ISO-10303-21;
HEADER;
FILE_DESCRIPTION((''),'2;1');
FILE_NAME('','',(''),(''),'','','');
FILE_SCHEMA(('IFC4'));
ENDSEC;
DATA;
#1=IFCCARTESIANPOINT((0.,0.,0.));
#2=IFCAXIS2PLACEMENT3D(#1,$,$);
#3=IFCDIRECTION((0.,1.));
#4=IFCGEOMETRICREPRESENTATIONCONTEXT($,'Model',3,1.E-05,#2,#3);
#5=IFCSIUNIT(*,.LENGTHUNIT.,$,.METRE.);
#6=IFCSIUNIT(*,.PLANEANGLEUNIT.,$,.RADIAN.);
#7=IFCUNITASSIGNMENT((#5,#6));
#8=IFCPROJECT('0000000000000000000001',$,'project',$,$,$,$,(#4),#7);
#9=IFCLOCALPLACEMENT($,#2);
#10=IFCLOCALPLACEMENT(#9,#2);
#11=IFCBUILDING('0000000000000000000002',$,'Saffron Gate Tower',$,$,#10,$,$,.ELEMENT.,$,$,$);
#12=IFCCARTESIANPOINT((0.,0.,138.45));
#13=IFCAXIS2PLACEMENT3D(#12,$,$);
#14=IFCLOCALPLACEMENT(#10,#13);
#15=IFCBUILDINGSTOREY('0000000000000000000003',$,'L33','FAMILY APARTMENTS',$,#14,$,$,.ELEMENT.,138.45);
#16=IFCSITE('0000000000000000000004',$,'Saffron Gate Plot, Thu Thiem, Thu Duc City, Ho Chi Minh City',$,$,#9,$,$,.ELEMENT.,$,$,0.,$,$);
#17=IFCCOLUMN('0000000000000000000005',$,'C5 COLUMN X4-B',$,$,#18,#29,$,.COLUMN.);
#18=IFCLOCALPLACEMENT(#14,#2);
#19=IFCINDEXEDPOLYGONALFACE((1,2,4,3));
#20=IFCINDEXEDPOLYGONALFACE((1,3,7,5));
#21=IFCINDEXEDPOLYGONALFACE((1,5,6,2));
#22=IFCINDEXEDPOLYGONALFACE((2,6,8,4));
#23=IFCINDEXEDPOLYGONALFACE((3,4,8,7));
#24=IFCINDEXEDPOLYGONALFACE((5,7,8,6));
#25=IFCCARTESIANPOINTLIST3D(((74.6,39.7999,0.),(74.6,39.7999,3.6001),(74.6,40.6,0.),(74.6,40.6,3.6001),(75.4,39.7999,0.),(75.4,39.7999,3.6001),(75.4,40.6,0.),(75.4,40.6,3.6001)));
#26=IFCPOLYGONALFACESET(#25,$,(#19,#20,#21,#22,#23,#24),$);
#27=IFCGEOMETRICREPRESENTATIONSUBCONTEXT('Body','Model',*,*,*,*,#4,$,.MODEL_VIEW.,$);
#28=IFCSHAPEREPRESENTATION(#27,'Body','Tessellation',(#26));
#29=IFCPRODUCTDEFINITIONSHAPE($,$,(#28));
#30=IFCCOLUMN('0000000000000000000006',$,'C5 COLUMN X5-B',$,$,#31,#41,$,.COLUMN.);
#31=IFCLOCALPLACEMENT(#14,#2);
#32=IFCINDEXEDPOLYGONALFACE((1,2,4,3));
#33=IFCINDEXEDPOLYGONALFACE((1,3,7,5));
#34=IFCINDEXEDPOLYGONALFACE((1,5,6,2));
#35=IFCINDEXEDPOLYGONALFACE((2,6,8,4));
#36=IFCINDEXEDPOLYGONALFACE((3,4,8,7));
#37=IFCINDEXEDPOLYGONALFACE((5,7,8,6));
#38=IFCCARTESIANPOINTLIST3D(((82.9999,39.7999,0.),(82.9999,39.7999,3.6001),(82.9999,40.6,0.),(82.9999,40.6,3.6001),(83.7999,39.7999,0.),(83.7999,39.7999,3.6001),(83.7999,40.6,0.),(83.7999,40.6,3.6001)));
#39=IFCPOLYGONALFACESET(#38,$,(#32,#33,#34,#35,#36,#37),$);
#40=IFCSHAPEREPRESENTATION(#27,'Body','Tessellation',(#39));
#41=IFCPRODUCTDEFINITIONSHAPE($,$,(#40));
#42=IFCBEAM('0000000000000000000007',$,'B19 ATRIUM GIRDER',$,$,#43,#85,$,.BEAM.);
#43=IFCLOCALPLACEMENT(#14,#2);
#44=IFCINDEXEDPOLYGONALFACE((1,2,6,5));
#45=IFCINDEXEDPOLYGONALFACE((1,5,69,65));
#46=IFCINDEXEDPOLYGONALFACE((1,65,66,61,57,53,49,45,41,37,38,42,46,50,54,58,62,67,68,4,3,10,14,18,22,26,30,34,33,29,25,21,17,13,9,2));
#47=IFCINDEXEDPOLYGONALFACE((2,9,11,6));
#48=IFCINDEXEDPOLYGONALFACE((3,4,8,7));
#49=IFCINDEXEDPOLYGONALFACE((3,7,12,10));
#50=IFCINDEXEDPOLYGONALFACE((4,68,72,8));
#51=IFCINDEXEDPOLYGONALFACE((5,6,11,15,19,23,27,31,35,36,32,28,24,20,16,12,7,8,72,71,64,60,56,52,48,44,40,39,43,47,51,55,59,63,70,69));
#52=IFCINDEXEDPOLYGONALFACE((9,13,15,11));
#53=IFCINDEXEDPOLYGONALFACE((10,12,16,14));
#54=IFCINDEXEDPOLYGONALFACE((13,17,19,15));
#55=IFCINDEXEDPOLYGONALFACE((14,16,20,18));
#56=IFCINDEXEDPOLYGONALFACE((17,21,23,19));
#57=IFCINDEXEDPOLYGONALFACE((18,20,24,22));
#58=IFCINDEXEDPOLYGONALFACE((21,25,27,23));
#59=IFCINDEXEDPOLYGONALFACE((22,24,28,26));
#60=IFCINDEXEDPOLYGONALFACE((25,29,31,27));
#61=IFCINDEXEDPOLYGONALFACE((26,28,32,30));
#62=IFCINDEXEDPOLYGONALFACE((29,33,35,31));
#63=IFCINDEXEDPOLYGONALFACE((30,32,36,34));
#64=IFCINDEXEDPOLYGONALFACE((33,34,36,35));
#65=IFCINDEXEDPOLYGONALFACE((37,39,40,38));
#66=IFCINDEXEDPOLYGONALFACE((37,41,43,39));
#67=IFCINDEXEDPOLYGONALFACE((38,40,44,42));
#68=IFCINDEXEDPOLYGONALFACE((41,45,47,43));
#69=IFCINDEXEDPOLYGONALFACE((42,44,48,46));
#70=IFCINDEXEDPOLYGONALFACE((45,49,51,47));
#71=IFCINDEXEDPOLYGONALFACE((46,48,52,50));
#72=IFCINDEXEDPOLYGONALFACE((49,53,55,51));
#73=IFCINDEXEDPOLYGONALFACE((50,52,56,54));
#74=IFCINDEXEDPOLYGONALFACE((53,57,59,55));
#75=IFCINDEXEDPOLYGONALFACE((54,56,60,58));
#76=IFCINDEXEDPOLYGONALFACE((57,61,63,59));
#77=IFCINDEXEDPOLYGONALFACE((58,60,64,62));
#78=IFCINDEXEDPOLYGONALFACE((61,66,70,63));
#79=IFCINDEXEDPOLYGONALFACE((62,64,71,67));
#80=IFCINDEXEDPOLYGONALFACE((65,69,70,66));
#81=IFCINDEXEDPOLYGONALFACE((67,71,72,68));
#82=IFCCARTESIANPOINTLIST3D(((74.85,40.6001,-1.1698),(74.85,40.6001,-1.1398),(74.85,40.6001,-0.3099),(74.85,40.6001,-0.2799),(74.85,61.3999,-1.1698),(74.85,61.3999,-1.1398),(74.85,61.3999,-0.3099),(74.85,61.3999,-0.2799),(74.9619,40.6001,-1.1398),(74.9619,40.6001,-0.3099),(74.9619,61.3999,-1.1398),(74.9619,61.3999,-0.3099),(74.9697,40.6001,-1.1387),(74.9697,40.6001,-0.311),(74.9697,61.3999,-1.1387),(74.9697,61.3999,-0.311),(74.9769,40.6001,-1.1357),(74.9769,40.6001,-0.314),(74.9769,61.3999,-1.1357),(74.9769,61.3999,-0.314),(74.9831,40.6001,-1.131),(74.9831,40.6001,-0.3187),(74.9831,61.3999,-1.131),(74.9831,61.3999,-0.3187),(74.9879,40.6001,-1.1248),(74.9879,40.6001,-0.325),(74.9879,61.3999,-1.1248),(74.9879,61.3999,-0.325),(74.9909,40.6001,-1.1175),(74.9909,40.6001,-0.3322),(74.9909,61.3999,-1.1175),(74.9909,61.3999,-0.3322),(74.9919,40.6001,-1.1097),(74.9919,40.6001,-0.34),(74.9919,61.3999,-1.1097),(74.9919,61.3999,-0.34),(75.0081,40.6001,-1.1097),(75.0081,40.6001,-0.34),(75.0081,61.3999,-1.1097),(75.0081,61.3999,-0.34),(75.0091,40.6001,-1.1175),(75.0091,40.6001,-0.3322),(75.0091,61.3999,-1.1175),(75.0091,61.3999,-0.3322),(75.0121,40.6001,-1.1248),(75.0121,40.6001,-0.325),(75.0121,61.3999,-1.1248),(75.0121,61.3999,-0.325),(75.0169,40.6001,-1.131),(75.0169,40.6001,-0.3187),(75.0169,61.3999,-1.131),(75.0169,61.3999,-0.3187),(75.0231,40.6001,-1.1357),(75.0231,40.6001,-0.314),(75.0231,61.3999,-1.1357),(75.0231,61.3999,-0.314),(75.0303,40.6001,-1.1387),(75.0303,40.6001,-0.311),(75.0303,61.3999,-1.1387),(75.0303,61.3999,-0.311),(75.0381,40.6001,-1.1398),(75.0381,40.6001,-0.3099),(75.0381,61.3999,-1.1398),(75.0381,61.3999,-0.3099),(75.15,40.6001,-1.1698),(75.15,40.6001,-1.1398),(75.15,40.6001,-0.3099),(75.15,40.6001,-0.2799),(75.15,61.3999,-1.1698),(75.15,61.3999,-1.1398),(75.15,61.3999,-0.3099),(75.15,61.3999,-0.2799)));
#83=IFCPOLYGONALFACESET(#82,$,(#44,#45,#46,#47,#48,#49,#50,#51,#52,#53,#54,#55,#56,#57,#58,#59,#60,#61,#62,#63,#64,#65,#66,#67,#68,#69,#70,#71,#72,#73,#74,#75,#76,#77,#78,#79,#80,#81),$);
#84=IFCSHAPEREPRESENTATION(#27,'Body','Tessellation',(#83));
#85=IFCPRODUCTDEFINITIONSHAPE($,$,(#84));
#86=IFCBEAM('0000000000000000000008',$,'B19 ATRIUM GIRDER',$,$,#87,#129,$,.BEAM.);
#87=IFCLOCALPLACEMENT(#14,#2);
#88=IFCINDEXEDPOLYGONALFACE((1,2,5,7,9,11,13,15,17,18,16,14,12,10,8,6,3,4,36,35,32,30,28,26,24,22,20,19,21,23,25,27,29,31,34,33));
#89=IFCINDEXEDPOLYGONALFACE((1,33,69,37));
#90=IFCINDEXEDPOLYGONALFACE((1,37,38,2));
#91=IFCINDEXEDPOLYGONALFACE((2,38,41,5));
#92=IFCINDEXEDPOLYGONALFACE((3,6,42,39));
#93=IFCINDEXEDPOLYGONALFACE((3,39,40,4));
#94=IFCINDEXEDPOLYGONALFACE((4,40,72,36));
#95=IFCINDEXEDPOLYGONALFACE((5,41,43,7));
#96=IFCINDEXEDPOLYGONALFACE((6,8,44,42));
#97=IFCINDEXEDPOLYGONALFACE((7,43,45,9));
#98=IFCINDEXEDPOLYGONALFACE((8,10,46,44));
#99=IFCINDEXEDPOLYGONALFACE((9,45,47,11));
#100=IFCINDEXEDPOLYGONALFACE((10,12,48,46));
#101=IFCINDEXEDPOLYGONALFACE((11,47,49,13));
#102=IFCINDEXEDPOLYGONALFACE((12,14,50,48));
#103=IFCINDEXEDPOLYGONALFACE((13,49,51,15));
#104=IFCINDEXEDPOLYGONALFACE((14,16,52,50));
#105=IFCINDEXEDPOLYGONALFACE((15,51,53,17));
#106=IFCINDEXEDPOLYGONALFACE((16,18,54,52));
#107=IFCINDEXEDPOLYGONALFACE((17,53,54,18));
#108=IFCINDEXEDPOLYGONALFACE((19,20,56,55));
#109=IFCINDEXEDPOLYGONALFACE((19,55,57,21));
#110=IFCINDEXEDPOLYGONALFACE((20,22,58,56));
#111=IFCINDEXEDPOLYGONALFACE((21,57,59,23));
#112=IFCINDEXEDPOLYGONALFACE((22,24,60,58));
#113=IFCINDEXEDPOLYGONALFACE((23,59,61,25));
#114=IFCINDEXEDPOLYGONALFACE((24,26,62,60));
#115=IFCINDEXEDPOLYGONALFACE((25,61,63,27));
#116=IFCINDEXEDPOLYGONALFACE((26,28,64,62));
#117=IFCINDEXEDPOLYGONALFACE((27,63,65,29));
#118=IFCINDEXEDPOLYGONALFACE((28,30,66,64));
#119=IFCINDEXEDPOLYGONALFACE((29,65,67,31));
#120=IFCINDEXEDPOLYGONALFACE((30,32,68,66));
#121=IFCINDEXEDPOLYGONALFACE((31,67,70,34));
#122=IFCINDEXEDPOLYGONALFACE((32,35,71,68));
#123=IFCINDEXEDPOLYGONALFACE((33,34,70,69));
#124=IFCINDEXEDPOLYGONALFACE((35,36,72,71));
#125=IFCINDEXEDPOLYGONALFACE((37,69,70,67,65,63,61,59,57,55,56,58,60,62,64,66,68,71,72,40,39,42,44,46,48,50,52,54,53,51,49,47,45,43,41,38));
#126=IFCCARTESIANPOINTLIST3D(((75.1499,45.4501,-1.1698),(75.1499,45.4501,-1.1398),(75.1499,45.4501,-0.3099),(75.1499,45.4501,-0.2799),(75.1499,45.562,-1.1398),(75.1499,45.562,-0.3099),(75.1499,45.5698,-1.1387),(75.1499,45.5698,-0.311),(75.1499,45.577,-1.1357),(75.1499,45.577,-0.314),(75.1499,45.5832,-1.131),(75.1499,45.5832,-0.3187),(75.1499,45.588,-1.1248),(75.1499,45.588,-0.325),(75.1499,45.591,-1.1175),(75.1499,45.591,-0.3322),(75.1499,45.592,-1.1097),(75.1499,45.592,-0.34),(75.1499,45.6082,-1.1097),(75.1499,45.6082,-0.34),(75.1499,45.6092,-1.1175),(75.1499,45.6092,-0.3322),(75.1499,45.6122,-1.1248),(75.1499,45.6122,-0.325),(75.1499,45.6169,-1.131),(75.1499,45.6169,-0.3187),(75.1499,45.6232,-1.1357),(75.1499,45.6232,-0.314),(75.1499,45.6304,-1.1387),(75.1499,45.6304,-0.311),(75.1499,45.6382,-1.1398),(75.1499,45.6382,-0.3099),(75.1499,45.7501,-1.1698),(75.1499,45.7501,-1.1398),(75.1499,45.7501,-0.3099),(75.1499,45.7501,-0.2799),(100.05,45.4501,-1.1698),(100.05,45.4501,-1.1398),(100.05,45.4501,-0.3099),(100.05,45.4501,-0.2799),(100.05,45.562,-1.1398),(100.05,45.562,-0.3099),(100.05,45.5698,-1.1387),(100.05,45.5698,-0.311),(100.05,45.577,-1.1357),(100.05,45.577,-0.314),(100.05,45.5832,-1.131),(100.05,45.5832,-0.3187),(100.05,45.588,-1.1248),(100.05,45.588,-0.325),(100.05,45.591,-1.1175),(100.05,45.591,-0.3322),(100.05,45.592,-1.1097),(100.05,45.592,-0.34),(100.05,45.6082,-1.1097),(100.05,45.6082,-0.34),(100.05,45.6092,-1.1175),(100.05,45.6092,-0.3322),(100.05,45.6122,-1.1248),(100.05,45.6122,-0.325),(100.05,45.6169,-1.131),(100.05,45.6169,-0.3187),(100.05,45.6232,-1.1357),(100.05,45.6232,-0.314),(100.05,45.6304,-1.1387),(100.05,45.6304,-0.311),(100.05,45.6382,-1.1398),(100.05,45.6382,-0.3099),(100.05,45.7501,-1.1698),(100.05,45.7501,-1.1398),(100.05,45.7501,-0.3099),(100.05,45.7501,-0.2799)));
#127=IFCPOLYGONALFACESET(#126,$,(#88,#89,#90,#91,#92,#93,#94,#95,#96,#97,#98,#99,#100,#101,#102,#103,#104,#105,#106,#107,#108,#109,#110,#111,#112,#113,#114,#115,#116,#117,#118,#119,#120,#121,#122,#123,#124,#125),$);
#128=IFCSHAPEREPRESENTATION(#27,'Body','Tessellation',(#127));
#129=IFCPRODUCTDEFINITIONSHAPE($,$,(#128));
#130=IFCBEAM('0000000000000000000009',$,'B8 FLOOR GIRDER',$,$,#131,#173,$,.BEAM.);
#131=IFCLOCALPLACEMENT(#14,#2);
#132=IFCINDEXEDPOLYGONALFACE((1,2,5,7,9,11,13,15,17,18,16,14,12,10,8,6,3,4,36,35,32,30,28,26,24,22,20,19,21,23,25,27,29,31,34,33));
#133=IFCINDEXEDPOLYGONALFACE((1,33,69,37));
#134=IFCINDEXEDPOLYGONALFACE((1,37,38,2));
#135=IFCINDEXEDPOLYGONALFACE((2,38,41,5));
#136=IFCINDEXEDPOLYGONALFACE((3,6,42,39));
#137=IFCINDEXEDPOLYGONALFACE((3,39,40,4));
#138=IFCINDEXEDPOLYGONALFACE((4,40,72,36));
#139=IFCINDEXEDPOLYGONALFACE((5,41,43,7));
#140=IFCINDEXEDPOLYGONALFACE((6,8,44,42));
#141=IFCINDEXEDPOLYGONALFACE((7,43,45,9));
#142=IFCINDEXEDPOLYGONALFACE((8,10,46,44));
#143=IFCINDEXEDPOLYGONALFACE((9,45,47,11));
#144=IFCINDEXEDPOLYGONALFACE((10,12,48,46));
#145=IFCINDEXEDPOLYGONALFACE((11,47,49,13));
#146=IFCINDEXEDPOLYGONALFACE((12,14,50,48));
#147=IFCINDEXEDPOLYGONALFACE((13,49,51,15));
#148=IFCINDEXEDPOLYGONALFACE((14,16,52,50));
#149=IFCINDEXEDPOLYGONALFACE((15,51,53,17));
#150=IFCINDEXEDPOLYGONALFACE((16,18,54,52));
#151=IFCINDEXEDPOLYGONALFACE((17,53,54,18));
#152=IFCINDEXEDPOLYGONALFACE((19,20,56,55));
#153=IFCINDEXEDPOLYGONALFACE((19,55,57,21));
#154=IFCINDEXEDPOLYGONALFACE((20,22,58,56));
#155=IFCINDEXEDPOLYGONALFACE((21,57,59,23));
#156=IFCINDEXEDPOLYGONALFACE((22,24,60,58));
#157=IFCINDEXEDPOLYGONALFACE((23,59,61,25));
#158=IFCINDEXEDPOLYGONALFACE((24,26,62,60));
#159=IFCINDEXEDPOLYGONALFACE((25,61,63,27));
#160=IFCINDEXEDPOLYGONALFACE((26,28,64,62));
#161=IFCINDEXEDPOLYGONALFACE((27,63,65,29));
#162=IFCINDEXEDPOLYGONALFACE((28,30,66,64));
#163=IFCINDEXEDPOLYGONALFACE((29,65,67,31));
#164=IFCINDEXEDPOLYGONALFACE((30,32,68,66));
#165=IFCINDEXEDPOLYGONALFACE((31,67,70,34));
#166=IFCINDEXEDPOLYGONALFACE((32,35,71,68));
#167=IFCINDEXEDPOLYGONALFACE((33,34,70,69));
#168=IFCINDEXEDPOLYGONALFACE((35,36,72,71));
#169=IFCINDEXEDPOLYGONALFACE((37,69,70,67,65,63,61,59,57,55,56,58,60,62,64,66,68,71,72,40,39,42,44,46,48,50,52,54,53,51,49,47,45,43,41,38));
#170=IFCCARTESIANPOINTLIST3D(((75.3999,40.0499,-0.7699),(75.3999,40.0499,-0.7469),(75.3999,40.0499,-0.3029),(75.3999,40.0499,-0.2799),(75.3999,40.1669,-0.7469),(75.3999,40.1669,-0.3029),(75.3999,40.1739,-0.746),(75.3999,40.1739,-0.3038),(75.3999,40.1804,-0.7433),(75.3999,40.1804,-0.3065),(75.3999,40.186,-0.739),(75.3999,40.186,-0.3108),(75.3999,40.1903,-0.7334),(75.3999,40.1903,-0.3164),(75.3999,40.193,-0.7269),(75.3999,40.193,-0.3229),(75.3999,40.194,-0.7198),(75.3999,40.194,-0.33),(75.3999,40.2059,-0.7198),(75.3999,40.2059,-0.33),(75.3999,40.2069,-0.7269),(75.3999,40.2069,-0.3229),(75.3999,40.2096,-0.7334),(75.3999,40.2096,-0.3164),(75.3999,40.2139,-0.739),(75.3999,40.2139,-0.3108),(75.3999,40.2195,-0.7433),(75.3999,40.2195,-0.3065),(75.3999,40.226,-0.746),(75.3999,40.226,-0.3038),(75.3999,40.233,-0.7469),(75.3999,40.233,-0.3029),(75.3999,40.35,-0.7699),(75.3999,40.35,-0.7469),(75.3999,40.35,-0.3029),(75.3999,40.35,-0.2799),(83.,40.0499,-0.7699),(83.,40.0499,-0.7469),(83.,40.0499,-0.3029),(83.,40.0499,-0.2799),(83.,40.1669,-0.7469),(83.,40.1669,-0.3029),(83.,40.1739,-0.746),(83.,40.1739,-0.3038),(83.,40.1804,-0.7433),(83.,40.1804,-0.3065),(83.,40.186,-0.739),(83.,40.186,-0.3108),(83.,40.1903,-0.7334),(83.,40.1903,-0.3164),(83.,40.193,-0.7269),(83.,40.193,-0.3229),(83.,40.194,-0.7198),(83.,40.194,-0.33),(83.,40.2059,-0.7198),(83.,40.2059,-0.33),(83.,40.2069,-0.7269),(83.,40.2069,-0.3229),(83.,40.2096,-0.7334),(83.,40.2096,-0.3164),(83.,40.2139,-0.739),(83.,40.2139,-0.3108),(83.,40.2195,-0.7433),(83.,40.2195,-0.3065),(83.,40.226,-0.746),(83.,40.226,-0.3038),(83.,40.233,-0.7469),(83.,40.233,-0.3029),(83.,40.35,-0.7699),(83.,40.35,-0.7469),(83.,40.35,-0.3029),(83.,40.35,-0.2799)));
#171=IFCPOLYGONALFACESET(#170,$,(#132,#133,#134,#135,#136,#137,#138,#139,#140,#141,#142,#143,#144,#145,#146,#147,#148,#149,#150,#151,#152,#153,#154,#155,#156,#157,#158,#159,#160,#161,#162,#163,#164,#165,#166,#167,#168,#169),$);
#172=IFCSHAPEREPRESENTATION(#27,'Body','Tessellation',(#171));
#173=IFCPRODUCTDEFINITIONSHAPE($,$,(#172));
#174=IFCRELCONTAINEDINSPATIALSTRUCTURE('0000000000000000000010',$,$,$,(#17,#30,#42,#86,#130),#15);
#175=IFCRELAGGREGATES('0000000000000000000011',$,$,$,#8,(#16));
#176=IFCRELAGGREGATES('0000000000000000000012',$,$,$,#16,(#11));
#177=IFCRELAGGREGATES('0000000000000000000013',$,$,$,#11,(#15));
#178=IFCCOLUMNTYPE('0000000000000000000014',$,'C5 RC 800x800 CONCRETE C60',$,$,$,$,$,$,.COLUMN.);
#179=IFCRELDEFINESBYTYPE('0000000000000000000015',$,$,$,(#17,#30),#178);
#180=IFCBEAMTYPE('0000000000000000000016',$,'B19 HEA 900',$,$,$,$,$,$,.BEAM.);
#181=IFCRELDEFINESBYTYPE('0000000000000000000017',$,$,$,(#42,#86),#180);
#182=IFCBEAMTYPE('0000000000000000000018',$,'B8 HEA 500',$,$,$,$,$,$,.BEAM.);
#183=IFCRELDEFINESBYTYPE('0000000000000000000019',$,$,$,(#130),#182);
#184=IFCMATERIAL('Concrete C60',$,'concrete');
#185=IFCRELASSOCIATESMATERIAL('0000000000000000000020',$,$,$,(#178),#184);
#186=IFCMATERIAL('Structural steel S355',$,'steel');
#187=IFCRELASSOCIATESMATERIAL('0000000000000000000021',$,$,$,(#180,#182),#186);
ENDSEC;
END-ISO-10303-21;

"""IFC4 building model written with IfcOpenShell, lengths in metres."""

from ifc_helpers import new_model, si_unit, direction, frame, origin, origin_2d, place, context, subcontext, project, spatial, rectangle, i_section, extrude, material, material_profile, profile_set, type_object, element, save


model = new_model("IFC4")

# Units and contexts
model_context = context("Model", 3, precision=1e-05, world=origin(), true_north=direction((0.0, 1.0)))
body_context = subcontext(model_context, "Body", "Model", "MODEL_VIEW")
ifc_project = project(units=[si_unit("LENGTHUNIT", "METRE"), si_unit("PLANEANGLEUNIT", "RADIAN")], contexts=[model_context])

# Site, building, storey
site_placement = place(None, origin())
site = spatial("IfcSite", under=ifc_project, at=site_placement, Name="Saffron Gate Plot, Thu Thiem, Thu Duc City, Ho Chi Minh City", CompositionType="ELEMENT", RefElevation=0.0)
building_placement = place(site_placement, origin())
building = spatial("IfcBuilding", under=site, at=building_placement, Name="Saffron Gate Tower", CompositionType="ELEMENT")
storey_placement = place(building_placement, frame((0.0, 0.0, 138.45)))
storey = spatial("IfcBuildingStorey", under=building, at=storey_placement, Name="L33", Description="FAMILY APARTMENTS", CompositionType="ELEMENT", Elevation=138.45)

# Columns
ifc_material_1 = material(Name="Concrete C60", Category="concrete")
ifc_material_profile_1 = material_profile(ifc_material_1, rectangle(XDim=0.8, YDim=0.8, at=origin_2d()))
ifc_profile_set_1 = profile_set([ifc_material_profile_1], Name="Concrete C60")
column_type = type_object("IfcColumnType", Name="C5 RC 800x800 CONCRETE C60", PredefinedType="COLUMN", material=ifc_profile_set_1)
for number, where, z_axis, x_axis, name in (
    (1, (75.0, 40.2, 0.0), (0.0, 0.0, 1.0), (1.0, 0.0, 0.0), "C5 COLUMN X4-B"),
    (2, (83.3999, 40.2, 0.0), (0.0, 0.0, 1.0), (1.0, 0.0, 0.0), "C5 COLUMN X5-B"),
):
    element("IfcColumn", number, at=place(storey_placement, frame(where, z_axis=z_axis, x_axis=x_axis)), inside=storey, type_object=column_type, Name=name, PredefinedType="COLUMN", context=body_context, shape_type="SweptSolid", body=[
        extrude(rectangle(XDim=0.8, YDim=0.8, at=origin_2d()), origin(), (0.0, 0.0, 1.0), 3.6001),
    ])

# Beams
ifc_material_2 = material(Name="Structural steel S355", Category="steel")
ifc_material_profile_2 = material_profile(ifc_material_2, i_section(OverallWidth=0.3, OverallDepth=0.8899, WebThickness=0.0161, FlangeThickness=0.03, FilletRadius=0.03, at=origin_2d()))
ifc_profile_set_2 = profile_set([ifc_material_profile_2], Name="Structural steel S355")
beam_type_1 = type_object("IfcBeamType", Name="B19 HEA 900", PredefinedType="BEAM", material=ifc_profile_set_2)
beam_1_placement = place(storey_placement, frame((75.0, 40.6001, -0.7249), z_axis=(0.0, 1.0, 0.0), x_axis=(-1.0, 0.0, 0.0)))
element("IfcBeam", 3, at=beam_1_placement, inside=storey, type_object=beam_type_1, Name="B19 ATRIUM GIRDER", PredefinedType="BEAM", context=body_context, shape_type="SweptSolid", body=[
    extrude(i_section(OverallWidth=0.3, OverallDepth=0.8899, WebThickness=0.0161, FlangeThickness=0.03, FilletRadius=0.03, at=origin_2d()), origin(), (0.0, 0.0, 1.0), 20.7998),
])
beam_2_placement = place(storey_placement, frame((75.1499, 45.6001, -0.7249), z_axis=(1.0, 0.0, 0.0), x_axis=(0.0, 1.0, 0.0)))
element("IfcBeam", 4, at=beam_2_placement, inside=storey, type_object=beam_type_1, Name="B19 ATRIUM GIRDER", PredefinedType="BEAM", context=body_context, shape_type="SweptSolid", body=[
    extrude(i_section(OverallWidth=0.3, OverallDepth=0.8899, WebThickness=0.0161, FlangeThickness=0.03, FilletRadius=0.03, at=origin_2d()), origin(), (0.0, 0.0, 1.0), 24.9001),
])
ifc_material_profile_3 = material_profile(ifc_material_2, i_section(OverallWidth=0.3, OverallDepth=0.49, WebThickness=0.012, FlangeThickness=0.0229, FilletRadius=0.0271, at=origin_2d()))
ifc_profile_set_3 = profile_set([ifc_material_profile_3], Name="Structural steel S355")
beam_type_2 = type_object("IfcBeamType", Name="B8 HEA 500", PredefinedType="BEAM", material=ifc_profile_set_3)
beam_3_placement = place(storey_placement, frame((75.3999, 40.2, -0.5249), z_axis=(1.0, 0.0, 0.0), x_axis=(0.0, 1.0, 0.0)))
element("IfcBeam", 5, at=beam_3_placement, inside=storey, type_object=beam_type_2, Name="B8 FLOOR GIRDER", PredefinedType="BEAM", context=body_context, shape_type="SweptSolid", body=[
    extrude(i_section(OverallWidth=0.3, OverallDepth=0.49, WebThickness=0.012, FlangeThickness=0.0229, FilletRadius=0.0271, at=origin_2d()), origin(), (0.0, 0.0, 1.0), 7.6001),
])

save(model, "model.ifc")
